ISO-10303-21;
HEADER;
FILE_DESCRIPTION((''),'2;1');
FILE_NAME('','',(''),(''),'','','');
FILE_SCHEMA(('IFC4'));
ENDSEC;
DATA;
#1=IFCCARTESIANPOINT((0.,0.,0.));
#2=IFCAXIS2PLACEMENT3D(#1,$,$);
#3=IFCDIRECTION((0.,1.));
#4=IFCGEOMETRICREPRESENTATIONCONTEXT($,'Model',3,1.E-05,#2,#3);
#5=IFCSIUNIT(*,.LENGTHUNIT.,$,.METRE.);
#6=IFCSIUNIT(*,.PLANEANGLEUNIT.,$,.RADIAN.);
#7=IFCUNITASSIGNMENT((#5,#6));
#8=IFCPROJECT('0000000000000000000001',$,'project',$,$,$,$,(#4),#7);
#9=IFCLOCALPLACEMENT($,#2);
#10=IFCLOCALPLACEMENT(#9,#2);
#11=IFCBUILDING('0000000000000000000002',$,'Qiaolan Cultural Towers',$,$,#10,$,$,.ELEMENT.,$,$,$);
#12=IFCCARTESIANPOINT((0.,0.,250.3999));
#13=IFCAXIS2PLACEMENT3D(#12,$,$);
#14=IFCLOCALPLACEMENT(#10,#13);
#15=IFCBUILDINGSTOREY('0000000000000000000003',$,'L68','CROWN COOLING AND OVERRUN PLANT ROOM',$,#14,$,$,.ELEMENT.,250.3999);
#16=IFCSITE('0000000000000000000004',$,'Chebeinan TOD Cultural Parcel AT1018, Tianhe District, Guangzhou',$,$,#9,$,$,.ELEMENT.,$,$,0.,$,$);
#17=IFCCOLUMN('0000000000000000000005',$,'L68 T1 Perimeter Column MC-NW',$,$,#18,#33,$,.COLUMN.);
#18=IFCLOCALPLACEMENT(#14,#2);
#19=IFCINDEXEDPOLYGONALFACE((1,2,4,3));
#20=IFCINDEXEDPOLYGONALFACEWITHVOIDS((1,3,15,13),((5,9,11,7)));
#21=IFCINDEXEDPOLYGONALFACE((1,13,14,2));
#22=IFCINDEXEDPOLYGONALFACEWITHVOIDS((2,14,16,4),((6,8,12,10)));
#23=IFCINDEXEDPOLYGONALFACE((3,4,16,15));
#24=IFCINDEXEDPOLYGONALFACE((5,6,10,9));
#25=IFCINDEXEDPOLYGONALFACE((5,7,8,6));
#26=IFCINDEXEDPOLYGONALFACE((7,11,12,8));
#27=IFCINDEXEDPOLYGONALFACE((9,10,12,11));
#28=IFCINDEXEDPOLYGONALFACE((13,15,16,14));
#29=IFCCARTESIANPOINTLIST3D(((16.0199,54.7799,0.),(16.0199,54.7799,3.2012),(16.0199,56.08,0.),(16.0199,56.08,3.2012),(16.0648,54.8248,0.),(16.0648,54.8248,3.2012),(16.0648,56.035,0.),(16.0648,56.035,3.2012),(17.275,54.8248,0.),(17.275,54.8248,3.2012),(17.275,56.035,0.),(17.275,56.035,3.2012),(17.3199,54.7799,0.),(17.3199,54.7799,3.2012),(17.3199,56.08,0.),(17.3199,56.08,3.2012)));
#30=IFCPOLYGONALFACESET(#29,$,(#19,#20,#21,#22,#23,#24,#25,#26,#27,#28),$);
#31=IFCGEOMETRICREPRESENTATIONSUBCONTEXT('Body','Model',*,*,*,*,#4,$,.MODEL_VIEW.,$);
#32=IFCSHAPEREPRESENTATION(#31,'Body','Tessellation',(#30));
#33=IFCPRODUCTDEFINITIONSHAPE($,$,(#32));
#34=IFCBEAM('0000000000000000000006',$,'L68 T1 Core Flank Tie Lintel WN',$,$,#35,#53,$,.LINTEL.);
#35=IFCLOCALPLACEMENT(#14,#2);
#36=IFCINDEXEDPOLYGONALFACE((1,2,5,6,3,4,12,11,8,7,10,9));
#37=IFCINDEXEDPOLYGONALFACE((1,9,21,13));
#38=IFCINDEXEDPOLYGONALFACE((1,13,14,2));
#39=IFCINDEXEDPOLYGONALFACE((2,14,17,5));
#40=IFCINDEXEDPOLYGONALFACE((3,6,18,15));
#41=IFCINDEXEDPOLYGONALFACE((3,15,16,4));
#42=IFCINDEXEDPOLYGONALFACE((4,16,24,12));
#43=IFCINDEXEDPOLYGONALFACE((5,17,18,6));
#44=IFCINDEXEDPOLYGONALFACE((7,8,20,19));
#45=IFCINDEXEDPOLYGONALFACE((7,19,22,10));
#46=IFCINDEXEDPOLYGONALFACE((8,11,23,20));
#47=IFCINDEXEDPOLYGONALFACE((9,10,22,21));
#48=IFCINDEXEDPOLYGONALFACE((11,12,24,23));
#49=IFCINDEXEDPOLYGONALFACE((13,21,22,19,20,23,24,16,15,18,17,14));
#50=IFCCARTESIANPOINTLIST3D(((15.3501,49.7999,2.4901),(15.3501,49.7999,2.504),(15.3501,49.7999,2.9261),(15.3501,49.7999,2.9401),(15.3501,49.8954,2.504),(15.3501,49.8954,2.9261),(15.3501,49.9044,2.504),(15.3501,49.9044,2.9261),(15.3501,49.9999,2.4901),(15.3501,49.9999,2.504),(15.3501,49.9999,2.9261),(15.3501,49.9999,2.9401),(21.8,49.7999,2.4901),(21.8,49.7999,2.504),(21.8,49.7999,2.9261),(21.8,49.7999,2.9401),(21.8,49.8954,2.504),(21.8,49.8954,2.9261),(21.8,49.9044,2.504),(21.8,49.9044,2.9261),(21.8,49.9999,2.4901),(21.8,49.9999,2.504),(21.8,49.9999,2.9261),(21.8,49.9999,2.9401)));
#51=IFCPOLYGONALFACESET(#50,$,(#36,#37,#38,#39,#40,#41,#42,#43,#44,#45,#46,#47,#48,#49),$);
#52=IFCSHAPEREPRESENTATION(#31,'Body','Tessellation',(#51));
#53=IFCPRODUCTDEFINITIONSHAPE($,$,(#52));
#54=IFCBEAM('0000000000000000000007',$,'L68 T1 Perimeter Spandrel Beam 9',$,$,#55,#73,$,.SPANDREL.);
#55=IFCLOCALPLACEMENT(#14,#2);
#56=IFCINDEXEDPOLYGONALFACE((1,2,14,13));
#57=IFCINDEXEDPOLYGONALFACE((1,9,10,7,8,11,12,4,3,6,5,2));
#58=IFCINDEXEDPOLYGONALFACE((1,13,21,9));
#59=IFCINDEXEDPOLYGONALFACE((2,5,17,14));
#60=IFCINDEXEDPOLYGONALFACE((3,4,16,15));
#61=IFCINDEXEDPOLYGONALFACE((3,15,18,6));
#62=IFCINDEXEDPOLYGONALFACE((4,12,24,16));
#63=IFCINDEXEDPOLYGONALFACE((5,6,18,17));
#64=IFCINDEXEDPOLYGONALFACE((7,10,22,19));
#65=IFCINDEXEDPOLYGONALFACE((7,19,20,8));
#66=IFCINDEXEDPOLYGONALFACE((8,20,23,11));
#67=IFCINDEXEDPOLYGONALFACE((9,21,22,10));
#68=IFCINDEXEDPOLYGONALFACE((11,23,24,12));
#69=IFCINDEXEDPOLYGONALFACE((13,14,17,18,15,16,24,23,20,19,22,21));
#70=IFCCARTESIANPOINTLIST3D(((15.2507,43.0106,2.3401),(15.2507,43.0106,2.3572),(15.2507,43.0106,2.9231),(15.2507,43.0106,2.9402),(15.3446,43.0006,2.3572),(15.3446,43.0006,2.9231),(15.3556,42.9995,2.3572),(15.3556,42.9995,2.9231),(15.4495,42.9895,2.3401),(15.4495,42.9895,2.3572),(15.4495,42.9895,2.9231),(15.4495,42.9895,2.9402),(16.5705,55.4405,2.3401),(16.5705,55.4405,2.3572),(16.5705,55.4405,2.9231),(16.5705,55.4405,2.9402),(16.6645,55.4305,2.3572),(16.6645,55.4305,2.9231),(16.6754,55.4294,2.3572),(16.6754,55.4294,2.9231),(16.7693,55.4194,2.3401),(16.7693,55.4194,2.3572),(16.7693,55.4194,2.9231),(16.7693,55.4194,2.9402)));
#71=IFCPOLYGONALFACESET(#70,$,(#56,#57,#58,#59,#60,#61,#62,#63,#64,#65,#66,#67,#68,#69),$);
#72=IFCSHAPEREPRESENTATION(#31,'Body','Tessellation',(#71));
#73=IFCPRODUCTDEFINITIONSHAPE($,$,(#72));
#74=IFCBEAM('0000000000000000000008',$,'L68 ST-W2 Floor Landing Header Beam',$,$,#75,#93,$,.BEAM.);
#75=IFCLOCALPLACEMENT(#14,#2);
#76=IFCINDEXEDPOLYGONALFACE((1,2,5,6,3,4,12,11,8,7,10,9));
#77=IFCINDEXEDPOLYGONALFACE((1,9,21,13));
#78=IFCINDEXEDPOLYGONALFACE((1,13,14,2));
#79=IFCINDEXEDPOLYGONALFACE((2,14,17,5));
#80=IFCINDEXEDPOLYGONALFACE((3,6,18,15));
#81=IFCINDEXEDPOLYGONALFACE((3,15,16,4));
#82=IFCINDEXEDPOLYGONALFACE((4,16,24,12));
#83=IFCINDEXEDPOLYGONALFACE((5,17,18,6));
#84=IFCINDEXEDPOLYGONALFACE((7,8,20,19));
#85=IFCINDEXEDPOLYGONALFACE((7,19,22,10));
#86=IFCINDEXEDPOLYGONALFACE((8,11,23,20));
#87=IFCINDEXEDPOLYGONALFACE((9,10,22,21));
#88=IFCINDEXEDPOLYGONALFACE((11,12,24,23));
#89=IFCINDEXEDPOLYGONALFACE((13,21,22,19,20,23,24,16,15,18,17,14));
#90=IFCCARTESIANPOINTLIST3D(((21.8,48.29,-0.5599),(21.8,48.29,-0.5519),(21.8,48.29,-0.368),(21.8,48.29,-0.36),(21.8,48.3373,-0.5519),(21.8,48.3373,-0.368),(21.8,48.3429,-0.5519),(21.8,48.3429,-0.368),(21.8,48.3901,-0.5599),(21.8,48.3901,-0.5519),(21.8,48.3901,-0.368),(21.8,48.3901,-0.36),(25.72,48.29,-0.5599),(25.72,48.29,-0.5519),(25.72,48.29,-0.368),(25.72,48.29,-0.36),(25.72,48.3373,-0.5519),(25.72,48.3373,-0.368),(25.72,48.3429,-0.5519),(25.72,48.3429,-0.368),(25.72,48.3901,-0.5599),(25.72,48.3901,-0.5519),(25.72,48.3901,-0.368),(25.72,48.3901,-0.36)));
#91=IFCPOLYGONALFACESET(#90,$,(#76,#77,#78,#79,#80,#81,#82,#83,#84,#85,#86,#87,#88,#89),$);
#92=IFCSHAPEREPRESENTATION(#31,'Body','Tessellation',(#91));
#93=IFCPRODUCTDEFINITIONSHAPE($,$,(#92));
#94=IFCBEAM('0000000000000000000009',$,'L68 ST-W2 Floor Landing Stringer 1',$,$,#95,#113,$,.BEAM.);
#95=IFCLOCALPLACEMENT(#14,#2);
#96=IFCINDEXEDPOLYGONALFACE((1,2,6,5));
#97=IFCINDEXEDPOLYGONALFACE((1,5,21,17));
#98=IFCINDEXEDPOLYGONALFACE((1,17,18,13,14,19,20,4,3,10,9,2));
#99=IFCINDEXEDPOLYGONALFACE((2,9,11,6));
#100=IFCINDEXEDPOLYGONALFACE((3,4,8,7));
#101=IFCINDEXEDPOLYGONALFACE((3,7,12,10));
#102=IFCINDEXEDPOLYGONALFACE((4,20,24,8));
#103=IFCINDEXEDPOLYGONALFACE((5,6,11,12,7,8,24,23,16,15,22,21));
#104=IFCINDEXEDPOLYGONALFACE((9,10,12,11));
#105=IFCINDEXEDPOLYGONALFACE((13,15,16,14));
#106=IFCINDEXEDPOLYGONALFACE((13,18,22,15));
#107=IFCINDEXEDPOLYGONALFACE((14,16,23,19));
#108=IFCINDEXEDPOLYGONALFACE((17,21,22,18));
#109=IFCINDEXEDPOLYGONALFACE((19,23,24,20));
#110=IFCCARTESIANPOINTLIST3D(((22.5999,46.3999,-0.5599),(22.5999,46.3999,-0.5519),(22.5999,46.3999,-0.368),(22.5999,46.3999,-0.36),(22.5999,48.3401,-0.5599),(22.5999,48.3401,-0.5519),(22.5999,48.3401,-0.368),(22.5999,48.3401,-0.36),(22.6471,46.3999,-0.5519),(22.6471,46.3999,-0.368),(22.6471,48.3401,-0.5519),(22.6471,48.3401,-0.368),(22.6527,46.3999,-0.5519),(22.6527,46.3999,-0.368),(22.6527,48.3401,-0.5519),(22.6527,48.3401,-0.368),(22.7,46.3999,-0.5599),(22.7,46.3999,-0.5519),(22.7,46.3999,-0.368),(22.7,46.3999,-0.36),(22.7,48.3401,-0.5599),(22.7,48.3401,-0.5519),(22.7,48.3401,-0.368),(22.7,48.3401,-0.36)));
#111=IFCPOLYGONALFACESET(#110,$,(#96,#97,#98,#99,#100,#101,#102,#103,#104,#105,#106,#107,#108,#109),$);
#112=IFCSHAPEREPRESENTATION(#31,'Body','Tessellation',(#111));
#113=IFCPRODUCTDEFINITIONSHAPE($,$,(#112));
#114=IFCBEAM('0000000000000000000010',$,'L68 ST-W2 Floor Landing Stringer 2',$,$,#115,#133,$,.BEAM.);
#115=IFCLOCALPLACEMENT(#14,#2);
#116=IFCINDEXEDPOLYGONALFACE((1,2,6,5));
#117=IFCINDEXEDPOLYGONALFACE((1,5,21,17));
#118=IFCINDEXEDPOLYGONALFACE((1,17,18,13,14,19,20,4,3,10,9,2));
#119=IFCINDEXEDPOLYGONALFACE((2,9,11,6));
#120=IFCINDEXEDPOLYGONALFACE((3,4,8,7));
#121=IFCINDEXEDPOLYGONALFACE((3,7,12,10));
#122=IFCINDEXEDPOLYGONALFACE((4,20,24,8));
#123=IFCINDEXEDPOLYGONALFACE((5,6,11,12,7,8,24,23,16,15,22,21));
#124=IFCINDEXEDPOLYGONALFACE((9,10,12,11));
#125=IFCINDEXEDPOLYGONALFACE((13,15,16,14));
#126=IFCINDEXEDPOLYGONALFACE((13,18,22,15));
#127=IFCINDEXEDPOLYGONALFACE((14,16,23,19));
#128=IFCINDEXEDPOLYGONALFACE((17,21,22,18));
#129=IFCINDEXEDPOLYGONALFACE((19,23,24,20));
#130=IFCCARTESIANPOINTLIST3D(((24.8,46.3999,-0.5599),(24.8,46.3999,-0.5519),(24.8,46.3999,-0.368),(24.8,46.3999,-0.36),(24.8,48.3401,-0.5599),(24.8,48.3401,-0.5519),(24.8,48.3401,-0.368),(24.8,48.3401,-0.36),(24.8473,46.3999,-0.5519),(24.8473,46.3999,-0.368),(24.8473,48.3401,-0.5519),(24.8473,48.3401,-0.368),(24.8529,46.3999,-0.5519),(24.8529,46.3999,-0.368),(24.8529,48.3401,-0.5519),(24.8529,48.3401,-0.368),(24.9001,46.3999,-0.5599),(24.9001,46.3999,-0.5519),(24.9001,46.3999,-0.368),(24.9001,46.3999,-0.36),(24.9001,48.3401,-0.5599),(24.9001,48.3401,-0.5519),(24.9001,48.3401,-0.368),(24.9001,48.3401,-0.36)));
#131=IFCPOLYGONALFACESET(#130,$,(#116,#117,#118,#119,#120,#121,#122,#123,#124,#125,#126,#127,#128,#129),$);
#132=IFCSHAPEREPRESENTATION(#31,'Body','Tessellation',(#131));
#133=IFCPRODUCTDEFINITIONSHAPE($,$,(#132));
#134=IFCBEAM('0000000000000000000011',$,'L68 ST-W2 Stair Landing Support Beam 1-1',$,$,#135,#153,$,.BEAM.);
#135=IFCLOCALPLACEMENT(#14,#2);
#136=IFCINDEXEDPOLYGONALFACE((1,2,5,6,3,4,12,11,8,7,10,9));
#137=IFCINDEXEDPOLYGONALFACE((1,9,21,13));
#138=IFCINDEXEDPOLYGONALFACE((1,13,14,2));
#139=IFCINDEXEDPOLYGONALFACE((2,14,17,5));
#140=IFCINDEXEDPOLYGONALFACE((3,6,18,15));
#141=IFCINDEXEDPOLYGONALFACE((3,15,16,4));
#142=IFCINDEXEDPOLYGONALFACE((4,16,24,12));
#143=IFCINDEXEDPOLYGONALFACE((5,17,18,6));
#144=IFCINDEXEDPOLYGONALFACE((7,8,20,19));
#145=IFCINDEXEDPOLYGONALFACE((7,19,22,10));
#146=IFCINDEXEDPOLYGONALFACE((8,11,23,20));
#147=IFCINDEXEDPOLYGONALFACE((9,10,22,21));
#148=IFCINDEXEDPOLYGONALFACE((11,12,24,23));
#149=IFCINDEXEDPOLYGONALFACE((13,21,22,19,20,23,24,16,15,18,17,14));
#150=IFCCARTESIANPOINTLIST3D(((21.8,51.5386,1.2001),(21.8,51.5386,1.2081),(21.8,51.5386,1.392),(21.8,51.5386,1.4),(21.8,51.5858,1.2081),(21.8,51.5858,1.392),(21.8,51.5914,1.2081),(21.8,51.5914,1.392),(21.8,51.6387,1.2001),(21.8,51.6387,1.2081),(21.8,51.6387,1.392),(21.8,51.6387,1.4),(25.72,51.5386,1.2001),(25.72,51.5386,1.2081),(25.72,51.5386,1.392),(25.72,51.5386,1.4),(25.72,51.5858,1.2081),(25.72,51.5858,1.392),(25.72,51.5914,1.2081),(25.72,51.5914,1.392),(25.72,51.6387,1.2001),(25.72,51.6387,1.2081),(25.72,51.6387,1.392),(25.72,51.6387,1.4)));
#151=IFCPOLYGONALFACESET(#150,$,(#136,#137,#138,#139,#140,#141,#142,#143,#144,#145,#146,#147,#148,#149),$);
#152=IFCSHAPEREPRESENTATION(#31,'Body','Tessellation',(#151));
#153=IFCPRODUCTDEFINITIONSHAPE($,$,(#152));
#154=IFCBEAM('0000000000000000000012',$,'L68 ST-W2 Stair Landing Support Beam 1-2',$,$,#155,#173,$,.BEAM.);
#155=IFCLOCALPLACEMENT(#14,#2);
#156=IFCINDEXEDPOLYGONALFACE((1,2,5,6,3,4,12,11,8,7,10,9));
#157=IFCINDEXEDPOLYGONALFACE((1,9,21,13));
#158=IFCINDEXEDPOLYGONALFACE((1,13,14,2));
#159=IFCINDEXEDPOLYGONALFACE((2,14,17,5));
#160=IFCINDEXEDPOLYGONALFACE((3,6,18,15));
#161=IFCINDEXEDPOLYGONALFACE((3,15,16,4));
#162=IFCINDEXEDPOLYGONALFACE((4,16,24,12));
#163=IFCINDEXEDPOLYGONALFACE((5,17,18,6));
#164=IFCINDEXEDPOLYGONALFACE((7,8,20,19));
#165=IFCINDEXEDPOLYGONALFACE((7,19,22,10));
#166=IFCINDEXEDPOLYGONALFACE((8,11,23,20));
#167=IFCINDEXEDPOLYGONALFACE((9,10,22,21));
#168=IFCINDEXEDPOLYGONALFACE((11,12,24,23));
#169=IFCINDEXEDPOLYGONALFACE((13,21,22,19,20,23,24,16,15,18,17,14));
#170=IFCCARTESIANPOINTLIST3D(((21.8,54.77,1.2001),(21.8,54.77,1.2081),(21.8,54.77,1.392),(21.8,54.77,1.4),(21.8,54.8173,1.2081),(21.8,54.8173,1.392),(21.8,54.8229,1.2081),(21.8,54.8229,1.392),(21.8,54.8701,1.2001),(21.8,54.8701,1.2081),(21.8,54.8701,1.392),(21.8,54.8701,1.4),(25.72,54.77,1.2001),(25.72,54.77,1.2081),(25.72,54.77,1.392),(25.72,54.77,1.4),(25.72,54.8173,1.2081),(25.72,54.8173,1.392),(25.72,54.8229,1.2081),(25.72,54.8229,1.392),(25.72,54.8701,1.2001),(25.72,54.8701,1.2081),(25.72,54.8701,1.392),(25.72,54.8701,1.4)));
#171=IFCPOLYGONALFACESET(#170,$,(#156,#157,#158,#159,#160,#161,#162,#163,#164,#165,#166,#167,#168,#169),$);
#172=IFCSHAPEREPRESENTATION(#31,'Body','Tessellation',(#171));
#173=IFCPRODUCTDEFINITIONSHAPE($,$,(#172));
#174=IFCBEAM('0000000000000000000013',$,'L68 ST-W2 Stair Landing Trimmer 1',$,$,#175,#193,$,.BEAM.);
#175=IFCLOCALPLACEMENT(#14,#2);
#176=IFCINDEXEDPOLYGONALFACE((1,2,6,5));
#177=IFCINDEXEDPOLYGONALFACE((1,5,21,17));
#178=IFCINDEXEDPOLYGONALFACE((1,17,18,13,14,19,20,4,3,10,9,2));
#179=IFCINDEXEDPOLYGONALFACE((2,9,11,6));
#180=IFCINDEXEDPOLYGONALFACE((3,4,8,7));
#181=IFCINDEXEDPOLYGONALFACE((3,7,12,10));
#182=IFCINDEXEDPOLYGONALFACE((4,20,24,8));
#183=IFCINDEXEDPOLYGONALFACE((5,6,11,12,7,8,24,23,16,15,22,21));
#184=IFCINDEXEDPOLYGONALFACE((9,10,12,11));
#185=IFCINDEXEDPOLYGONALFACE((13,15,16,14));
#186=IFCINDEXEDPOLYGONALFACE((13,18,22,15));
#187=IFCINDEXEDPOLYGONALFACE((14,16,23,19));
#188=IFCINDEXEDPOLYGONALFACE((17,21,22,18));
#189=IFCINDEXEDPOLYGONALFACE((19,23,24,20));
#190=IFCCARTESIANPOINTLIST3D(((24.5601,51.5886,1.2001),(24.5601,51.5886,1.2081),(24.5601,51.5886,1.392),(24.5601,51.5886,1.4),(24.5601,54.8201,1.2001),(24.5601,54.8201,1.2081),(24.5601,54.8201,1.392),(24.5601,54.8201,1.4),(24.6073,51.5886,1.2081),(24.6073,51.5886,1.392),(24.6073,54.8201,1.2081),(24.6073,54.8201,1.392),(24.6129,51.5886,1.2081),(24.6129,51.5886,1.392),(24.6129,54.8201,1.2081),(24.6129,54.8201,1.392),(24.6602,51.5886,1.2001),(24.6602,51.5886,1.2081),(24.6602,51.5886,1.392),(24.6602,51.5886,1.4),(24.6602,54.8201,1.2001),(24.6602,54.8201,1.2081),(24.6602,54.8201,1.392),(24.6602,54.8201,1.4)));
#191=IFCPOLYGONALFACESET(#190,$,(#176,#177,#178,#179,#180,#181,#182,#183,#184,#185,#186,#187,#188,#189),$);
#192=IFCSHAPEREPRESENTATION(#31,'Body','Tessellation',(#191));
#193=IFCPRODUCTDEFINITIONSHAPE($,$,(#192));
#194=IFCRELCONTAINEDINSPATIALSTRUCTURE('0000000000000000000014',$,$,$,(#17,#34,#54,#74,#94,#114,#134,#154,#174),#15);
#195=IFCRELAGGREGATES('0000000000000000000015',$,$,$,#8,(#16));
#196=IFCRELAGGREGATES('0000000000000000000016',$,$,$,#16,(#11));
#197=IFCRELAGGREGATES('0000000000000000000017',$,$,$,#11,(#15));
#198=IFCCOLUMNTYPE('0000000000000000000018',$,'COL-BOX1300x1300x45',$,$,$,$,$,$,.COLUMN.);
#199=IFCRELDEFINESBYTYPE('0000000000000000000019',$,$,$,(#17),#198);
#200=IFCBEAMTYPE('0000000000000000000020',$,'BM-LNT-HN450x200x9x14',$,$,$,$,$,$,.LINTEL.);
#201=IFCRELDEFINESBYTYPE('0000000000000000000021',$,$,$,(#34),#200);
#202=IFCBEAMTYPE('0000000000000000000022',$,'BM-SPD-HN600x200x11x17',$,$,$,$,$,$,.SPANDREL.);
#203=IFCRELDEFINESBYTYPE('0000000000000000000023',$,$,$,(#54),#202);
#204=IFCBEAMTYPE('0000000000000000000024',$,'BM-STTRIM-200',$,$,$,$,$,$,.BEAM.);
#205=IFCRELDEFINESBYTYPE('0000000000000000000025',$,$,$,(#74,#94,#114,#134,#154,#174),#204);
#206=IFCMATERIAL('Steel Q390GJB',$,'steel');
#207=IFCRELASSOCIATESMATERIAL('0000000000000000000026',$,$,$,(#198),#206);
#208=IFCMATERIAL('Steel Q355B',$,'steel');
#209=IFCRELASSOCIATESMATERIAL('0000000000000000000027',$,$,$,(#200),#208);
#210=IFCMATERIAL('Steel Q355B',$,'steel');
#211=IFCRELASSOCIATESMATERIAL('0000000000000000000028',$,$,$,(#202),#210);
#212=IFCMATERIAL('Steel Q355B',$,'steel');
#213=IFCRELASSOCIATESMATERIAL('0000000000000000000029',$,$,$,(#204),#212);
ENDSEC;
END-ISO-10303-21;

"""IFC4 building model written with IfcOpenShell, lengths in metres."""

from ifc_helpers import new_model, si_unit, direction, frame, origin, origin_2d, place, context, subcontext, project, spatial, hollow_rectangle, i_section, extrude, material, material_profile, profile_set, type_object, element, save


model = new_model("IFC4")

# Units and contexts
model_context = context("Model", 3, precision=1e-05, world=origin(), true_north=direction((0.0, 1.0)))
body_context = subcontext(model_context, "Body", "Model", "MODEL_VIEW")
ifc_project = project(units=[si_unit("LENGTHUNIT", "METRE"), si_unit("PLANEANGLEUNIT", "RADIAN")], contexts=[model_context])

# Site, building, storey
site_placement = place(None, origin())
site = spatial("IfcSite", under=ifc_project, at=site_placement, Name="Chebeinan TOD Cultural Parcel AT1018, Tianhe District, Guangzhou", CompositionType="ELEMENT", RefElevation=0.0)
building_placement = place(site_placement, origin())
building = spatial("IfcBuilding", under=site, at=building_placement, Name="Qiaolan Cultural Towers", CompositionType="ELEMENT")
storey_placement = place(building_placement, frame((0.0, 0.0, 250.3999)))
storey = spatial("IfcBuildingStorey", under=building, at=storey_placement, Name="L68", Description="CROWN COOLING AND OVERRUN PLANT ROOM", CompositionType="ELEMENT", Elevation=250.3999)

# Column
ifc_material_1 = material(Name="Steel Q390GJB", Category="steel")
ifc_material_profile_1 = material_profile(ifc_material_1, hollow_rectangle(XDim=1.3, YDim=1.3, WallThickness=0.0449, at=origin_2d()), Name="BOX1300x1300x45")
ifc_profile_set_1 = profile_set([ifc_material_profile_1], Name="Steel Q390GJB")
column_type = type_object("IfcColumnType", Name="COL-BOX1300x1300x45", PredefinedType="COLUMN", material=ifc_profile_set_1)
column_placement = place(storey_placement, frame((16.6699, 55.4299, 0.0), z_axis=(0.0, 0.0, 1.0), x_axis=(1.0, 0.0, 0.0)))
element("IfcColumn", 1, at=column_placement, inside=storey, type_object=column_type, Name="L68 T1 Perimeter Column MC-NW", PredefinedType="COLUMN", context=body_context, shape_type="SweptSolid", body=[
    extrude(hollow_rectangle(XDim=1.3, YDim=1.3, WallThickness=0.0449, at=origin_2d()), origin(), (0.0, 0.0, 1.0), 3.2012),
])

# Beams
ifc_material_2 = material(Name="Steel Q355B", Category="steel")
ifc_material_profile_2 = material_profile(ifc_material_2, i_section(OverallWidth=0.2, OverallDepth=0.45, WebThickness=0.009, FlangeThickness=0.0139, at=origin_2d()), Name="HN450x200x9x14")
ifc_profile_set_2 = profile_set([ifc_material_profile_2], Name="Steel Q355B")
beam_type_1 = type_object("IfcBeamType", Name="BM-LNT-HN450x200x9x14", PredefinedType="LINTEL", material=ifc_profile_set_2)
beam_1_placement = place(storey_placement, frame((21.8, 49.8999, 2.7151), z_axis=(-1.0, 0.0, 0.0), x_axis=(0.0, -1.0, 0.0)))
element("IfcBeam", 2, at=beam_1_placement, inside=storey, type_object=beam_type_1, Name="L68 T1 Core Flank Tie Lintel WN", PredefinedType="LINTEL", context=body_context, shape_type="SweptSolid", body=[
    extrude(i_section(OverallWidth=0.2, OverallDepth=0.45, WebThickness=0.009, FlangeThickness=0.0139, at=origin_2d()), origin(), (0.0, 0.0, 1.0), 6.45),
])
ifc_material_3 = material(Name="Steel Q355B", Category="steel")
ifc_material_profile_3 = material_profile(ifc_material_3, i_section(OverallWidth=0.2, OverallDepth=0.6001, WebThickness=0.011, FlangeThickness=0.0171, at=origin_2d()), Name="HN600x200x11x17")
ifc_profile_set_3 = profile_set([ifc_material_profile_3], Name="Steel Q355B")
beam_type_2 = type_object("IfcBeamType", Name="BM-SPD-HN600x200x11x17", PredefinedType="SPANDREL", material=ifc_profile_set_3)
beam_2_placement = place(storey_placement, frame((16.6699, 55.4299, 2.6401), z_axis=(-0.105588, -0.99441, 0.0), x_axis=(0.99441, -0.105588, 0.0)))
element("IfcBeam", 3, at=beam_2_placement, inside=storey, type_object=beam_type_2, Name="L68 T1 Perimeter Spandrel Beam 9", PredefinedType="SPANDREL", context=body_context, shape_type="SweptSolid", body=[
    extrude(i_section(OverallWidth=0.2, OverallDepth=0.6001, WebThickness=0.011, FlangeThickness=0.0171, at=origin_2d()), origin(), (0.0, 0.0, 1.0), 12.4998),
])
ifc_material_4 = material(Name="Steel Q355B", Category="steel")
ifc_material_profile_4 = material_profile(ifc_material_4, i_section(OverallWidth=0.1001, OverallDepth=0.2, WebThickness=0.0056, FlangeThickness=0.0081, at=origin_2d()), Name="HN200x100x5.5x8")
ifc_profile_set_4 = profile_set([ifc_material_profile_4], Name="Steel Q355B")
beam_type_3 = type_object("IfcBeamType", Name="BM-STTRIM-200", PredefinedType="BEAM", material=ifc_profile_set_4)
beam_3_placement = place(storey_placement, frame((21.8, 48.3401, -0.46), z_axis=(1.0, 0.0, 0.0), x_axis=(0.0, 1.0, 0.0)))
element("IfcBeam", 4, at=beam_3_placement, inside=storey, type_object=beam_type_3, Name="L68 ST-W2 Floor Landing Header Beam", PredefinedType="BEAM", context=body_context, shape_type="SweptSolid", body=[
    extrude(i_section(OverallWidth=0.1001, OverallDepth=0.2, WebThickness=0.0056, FlangeThickness=0.0081, at=origin_2d()), origin(), (0.0, 0.0, 1.0), 3.9199),
])
for number, where, z_axis, x_axis, name in (
    (5, (22.6499, 46.3999, -0.46), (0.0, 1.0, 0.0), (-1.0, 0.0, 0.0), "L68 ST-W2 Floor Landing Stringer 1"),
    (6, (24.8501, 46.3999, -0.46), (0.0, 1.0, 0.0), (-1.0, 0.0, 0.0), "L68 ST-W2 Floor Landing Stringer 2"),
):
    element("IfcBeam", number, at=place(storey_placement, frame(where, z_axis=z_axis, x_axis=x_axis)), inside=storey, type_object=beam_type_3, Name=name, PredefinedType="BEAM", context=body_context, shape_type="SweptSolid", body=[
        extrude(i_section(OverallWidth=0.1001, OverallDepth=0.2, WebThickness=0.0056, FlangeThickness=0.0081, at=origin_2d()), origin(), (0.0, 0.0, 1.0), 1.9402),
    ])
for number, where, z_axis, x_axis, name in (
    (7, (21.8, 51.5886, 1.3), (1.0, 0.0, 0.0), (0.0, 1.0, 0.0), "L68 ST-W2 Stair Landing Support Beam 1-1"),
    (8, (21.8, 54.8201, 1.3), (1.0, 0.0, 0.0), (0.0, 1.0, 0.0), "L68 ST-W2 Stair Landing Support Beam 1-2"),
):
    element("IfcBeam", number, at=place(storey_placement, frame(where, z_axis=z_axis, x_axis=x_axis)), inside=storey, type_object=beam_type_3, Name=name, PredefinedType="BEAM", context=body_context, shape_type="SweptSolid", body=[
        extrude(i_section(OverallWidth=0.1001, OverallDepth=0.2, WebThickness=0.0056, FlangeThickness=0.0081, at=origin_2d()), origin(), (0.0, 0.0, 1.0), 3.9199),
    ])
beam_4_placement = place(storey_placement, frame((24.6101, 51.5886, 1.3), z_axis=(0.0, 1.0, 0.0), x_axis=(-1.0, 0.0, 0.0)))
element("IfcBeam", 9, at=beam_4_placement, inside=storey, type_object=beam_type_3, Name="L68 ST-W2 Stair Landing Trimmer 1", PredefinedType="BEAM", context=body_context, shape_type="SweptSolid", body=[
    extrude(i_section(OverallWidth=0.1001, OverallDepth=0.2, WebThickness=0.0056, FlangeThickness=0.0081, at=origin_2d()), origin(), (0.0, 0.0, 1.0), 3.2314),
])

save(model, "model.ifc")
